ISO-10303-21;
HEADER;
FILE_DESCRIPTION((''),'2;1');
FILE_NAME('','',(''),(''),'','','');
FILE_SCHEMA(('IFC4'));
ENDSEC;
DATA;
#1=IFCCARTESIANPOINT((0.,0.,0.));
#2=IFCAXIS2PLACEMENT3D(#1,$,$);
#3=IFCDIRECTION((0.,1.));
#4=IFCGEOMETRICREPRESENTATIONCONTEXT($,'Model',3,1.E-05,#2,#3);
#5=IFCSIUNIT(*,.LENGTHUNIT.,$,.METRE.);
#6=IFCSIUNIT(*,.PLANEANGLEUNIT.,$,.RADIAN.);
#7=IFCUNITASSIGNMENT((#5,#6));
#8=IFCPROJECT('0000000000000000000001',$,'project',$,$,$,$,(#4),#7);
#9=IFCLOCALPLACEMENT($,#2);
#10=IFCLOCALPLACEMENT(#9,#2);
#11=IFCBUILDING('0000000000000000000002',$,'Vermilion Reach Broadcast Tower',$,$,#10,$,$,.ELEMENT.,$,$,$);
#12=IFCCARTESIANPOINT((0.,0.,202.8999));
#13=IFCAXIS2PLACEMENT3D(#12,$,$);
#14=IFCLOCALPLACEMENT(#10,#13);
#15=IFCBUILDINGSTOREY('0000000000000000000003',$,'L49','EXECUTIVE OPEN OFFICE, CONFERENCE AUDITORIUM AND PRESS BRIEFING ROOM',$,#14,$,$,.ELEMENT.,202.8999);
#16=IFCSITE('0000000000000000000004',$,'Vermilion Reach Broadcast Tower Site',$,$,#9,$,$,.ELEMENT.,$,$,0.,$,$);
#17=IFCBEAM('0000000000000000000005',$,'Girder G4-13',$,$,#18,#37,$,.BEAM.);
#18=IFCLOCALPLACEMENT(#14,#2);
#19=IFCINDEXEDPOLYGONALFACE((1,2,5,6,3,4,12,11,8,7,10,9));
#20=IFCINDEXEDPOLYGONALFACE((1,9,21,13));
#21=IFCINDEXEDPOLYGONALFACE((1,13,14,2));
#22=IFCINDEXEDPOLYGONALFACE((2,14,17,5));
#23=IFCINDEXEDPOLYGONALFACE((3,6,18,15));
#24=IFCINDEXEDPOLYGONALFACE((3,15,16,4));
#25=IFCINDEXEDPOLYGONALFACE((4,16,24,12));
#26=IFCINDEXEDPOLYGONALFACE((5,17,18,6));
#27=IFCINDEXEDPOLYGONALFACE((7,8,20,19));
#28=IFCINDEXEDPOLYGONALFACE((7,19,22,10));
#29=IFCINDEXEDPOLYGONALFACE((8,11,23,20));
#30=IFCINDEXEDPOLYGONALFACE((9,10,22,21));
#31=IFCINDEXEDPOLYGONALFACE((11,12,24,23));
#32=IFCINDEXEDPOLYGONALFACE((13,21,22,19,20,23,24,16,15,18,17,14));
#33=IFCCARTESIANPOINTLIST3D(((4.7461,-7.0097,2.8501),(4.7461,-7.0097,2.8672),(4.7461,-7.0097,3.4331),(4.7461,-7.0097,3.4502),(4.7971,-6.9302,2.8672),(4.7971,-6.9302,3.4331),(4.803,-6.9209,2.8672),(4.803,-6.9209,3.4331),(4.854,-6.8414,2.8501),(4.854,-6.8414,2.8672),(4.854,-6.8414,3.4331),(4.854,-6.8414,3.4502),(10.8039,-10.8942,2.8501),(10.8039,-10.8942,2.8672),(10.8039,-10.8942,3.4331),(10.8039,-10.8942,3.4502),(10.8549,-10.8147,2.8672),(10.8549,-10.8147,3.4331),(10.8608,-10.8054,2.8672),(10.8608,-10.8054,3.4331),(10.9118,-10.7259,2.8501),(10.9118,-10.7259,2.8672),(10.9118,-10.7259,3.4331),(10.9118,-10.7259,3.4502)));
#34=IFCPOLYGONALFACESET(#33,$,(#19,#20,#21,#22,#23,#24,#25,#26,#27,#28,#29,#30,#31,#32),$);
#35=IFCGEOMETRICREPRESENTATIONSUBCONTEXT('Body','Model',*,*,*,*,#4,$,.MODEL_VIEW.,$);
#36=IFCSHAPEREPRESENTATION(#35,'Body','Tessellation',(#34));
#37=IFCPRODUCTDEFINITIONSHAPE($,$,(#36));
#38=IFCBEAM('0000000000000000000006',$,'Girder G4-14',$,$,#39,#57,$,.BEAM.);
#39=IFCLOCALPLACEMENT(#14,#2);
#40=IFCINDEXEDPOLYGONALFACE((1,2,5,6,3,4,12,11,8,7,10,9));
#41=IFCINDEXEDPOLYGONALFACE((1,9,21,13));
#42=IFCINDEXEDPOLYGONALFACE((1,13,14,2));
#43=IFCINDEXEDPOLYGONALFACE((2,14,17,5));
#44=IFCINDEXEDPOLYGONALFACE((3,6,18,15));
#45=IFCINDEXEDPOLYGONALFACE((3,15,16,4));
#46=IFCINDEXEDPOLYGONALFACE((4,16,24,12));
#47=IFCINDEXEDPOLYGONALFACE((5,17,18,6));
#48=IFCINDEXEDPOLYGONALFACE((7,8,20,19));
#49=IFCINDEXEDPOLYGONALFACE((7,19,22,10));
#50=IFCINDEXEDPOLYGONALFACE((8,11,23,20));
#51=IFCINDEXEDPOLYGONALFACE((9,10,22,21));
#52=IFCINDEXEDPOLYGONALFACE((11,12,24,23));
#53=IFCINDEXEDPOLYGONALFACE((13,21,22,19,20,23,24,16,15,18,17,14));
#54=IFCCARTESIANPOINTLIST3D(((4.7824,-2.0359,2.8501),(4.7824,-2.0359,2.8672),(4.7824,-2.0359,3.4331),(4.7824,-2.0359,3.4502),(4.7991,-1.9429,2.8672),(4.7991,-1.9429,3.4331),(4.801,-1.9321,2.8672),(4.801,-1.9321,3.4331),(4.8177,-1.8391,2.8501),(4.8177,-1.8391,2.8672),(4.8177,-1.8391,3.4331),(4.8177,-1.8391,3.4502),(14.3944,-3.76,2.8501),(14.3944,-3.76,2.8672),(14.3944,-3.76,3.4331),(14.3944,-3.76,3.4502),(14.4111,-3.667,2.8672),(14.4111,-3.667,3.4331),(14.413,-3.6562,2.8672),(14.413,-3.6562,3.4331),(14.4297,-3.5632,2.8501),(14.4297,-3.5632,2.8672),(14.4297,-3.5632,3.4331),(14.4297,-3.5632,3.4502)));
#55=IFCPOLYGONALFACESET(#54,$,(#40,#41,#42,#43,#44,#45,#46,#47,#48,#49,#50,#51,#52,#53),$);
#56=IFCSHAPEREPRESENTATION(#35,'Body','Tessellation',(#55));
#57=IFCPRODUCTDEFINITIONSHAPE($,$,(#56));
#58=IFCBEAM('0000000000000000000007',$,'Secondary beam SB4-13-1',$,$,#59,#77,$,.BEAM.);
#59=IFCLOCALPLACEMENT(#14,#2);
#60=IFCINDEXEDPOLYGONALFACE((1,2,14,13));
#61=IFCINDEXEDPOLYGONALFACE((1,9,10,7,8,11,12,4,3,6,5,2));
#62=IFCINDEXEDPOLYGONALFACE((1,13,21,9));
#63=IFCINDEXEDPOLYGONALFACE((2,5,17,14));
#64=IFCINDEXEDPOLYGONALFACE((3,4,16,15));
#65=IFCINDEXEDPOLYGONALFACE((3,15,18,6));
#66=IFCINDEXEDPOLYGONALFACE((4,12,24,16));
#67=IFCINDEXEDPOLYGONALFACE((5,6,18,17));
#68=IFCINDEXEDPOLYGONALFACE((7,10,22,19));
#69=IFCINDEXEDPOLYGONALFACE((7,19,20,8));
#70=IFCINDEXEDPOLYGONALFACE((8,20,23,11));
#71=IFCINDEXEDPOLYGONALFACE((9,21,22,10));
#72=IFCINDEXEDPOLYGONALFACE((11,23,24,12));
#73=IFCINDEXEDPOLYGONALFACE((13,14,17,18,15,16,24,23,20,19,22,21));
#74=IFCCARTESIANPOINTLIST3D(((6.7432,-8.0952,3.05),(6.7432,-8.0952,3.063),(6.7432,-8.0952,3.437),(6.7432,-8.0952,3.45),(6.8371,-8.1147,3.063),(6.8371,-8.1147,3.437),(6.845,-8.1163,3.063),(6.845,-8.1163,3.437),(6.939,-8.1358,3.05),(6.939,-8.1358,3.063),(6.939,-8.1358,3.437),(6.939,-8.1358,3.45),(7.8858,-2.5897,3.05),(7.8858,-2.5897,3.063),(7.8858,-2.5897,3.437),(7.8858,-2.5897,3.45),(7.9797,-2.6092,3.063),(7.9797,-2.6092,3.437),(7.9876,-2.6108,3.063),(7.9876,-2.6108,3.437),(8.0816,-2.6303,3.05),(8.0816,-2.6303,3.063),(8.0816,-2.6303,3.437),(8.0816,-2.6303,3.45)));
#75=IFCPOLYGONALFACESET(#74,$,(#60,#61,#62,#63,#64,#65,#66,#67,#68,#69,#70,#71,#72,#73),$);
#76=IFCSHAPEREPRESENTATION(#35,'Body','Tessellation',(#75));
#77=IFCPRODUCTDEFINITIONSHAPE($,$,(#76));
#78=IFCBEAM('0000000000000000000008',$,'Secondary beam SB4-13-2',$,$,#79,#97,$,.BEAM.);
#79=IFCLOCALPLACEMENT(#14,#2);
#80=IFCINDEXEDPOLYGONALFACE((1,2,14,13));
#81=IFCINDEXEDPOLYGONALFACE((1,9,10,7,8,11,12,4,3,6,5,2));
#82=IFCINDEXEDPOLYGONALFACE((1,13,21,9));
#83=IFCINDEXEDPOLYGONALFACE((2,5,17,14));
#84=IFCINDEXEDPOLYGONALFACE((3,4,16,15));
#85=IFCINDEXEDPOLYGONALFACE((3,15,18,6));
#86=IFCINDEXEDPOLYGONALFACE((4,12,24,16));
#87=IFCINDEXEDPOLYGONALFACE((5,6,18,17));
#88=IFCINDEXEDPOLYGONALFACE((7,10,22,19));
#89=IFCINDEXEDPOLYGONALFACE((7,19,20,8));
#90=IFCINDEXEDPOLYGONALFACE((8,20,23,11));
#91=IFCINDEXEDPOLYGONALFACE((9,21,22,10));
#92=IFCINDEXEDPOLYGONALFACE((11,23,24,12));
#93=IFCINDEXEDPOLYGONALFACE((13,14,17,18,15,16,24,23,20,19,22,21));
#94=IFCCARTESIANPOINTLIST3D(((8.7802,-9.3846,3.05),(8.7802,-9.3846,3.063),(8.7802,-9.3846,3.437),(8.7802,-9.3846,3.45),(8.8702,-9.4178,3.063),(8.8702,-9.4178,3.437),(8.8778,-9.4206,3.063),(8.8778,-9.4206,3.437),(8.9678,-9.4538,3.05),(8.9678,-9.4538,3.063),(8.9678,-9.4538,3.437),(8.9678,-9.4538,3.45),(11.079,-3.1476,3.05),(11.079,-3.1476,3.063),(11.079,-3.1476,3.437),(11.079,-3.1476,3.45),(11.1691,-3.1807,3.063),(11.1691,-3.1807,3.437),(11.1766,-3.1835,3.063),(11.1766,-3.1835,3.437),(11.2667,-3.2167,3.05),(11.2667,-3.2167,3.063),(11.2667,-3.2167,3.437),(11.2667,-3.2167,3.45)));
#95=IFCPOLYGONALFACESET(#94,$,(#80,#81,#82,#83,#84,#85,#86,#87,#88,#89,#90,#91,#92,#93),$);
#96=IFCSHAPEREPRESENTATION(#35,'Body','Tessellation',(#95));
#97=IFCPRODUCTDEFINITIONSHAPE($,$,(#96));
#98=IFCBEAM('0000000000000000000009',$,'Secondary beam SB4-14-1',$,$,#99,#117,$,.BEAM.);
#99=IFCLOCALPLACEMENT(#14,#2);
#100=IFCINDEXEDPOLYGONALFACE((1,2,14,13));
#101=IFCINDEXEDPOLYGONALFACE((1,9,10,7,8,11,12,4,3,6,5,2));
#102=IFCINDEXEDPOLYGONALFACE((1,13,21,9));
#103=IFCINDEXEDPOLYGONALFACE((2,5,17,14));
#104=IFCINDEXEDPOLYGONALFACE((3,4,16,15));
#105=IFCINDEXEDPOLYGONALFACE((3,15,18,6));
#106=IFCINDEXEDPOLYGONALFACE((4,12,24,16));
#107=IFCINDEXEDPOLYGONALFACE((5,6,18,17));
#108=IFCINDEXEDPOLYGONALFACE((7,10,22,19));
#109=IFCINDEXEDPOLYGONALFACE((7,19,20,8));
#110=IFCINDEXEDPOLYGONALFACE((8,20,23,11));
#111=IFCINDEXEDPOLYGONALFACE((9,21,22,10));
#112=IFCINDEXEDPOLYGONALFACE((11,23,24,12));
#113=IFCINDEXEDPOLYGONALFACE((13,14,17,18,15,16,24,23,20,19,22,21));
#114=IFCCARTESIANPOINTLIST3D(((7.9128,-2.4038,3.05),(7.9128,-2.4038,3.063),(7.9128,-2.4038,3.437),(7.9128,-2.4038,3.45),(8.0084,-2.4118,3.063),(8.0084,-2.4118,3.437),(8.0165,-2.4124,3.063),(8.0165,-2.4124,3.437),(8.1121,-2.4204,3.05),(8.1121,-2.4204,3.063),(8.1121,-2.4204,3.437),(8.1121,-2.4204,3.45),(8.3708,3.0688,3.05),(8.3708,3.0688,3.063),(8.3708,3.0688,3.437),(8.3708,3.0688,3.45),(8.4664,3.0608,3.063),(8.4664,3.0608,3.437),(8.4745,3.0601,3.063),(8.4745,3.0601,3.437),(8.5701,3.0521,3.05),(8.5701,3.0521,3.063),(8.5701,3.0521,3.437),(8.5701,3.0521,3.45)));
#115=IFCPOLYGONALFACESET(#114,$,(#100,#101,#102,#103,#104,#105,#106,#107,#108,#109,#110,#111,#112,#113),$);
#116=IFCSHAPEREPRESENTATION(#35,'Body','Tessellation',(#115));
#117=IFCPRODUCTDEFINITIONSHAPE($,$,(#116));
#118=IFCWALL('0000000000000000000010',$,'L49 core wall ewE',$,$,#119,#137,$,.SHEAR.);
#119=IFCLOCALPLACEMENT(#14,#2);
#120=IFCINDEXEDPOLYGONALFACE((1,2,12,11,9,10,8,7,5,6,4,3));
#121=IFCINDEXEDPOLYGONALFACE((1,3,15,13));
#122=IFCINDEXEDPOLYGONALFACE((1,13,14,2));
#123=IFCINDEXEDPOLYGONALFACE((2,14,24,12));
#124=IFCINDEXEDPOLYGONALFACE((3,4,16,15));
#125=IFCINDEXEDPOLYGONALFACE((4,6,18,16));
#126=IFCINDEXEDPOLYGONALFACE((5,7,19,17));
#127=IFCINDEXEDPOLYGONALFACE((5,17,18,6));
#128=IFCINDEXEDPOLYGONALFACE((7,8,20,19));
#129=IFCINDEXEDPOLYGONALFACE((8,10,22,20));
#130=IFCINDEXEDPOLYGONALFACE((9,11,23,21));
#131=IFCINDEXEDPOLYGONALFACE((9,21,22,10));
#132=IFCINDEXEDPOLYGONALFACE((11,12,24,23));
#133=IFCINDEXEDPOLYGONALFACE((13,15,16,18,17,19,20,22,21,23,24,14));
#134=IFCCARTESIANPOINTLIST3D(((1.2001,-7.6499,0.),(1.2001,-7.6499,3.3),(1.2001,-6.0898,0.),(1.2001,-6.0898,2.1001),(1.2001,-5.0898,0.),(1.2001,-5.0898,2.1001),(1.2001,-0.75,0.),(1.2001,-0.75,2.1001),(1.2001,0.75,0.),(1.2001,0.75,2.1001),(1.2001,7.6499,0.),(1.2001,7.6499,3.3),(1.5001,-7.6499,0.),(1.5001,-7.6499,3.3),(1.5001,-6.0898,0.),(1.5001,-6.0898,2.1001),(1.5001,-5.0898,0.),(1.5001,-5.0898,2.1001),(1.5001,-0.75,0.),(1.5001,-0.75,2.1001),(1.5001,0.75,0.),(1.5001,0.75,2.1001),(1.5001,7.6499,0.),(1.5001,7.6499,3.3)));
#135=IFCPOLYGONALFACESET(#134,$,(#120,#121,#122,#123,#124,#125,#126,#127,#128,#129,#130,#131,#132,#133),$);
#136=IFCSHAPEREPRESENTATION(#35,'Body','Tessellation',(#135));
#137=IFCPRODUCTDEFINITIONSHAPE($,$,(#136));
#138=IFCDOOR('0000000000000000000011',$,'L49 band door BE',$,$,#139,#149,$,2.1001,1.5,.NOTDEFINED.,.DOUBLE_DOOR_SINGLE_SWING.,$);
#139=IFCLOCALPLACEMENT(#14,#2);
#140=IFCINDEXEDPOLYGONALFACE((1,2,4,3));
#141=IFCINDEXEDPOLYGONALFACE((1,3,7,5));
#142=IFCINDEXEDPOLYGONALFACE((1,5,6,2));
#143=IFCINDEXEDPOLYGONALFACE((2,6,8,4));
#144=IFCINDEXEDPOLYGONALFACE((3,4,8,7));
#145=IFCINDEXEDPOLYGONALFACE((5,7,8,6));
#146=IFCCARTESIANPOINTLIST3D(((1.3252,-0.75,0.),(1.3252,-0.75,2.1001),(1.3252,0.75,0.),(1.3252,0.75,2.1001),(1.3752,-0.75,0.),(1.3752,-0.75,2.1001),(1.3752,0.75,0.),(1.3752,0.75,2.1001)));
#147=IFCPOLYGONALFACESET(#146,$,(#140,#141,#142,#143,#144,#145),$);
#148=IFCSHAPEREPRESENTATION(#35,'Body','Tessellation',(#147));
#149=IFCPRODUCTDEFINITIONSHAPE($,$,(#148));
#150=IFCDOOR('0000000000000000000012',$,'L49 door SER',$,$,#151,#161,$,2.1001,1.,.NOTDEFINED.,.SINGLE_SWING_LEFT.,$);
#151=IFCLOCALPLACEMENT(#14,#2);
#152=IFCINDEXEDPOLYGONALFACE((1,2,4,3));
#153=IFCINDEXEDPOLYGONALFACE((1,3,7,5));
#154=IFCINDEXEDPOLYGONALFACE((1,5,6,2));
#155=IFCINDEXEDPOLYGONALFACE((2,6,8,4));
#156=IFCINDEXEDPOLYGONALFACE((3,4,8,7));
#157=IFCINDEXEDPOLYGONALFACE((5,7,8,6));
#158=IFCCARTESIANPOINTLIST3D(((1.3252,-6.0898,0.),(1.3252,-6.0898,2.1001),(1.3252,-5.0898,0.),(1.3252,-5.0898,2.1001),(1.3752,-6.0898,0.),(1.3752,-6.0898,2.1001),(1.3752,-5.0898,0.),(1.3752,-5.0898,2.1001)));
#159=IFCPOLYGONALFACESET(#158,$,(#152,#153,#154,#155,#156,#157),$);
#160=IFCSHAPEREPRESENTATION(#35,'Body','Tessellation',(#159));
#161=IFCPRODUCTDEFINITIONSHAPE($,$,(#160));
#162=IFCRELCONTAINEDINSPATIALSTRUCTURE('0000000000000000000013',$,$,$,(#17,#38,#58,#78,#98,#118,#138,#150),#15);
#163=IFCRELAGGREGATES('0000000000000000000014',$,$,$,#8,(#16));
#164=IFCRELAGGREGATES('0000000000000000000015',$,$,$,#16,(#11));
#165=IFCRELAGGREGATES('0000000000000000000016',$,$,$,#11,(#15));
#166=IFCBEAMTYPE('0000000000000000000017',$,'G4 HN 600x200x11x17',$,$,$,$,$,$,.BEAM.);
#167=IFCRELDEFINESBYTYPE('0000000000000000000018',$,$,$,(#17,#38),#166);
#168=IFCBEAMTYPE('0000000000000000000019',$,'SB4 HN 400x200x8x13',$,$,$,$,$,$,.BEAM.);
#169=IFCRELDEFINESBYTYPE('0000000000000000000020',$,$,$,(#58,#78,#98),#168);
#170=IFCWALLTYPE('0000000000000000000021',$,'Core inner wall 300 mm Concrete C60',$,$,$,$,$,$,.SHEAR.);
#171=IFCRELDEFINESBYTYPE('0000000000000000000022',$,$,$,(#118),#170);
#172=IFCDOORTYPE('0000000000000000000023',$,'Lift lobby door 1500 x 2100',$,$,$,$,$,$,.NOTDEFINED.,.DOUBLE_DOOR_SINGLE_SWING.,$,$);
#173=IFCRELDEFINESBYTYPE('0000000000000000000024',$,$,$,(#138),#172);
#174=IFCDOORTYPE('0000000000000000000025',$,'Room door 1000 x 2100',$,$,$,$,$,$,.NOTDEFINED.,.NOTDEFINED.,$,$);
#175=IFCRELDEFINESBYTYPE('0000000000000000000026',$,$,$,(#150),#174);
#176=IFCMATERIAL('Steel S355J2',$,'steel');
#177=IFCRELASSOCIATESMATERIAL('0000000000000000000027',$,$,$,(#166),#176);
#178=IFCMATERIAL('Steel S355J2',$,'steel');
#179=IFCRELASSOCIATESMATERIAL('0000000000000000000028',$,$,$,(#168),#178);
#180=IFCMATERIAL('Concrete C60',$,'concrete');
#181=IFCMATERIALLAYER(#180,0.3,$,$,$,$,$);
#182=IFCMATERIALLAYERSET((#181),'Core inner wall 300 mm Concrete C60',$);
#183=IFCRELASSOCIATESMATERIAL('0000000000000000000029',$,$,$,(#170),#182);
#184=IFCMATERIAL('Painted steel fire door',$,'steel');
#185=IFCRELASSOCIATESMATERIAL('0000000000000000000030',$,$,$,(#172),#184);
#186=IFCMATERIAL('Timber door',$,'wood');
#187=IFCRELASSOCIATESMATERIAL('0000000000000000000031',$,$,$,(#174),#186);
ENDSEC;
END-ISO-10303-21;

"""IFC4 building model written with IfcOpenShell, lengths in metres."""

from ifc_helpers import new_model, si_unit, direction, frame, frame_2d, origin, origin_2d, place, context, subcontext, project, spatial, rectangle, i_section, extrude, material, layer, layer_set, material_profile, profile_set, type_object, element, fill, save


model = new_model("IFC4")

# Units and contexts
model_context = context("Model", 3, precision=1e-05, world=origin(), true_north=direction((0.0, 1.0)))
body_context = subcontext(model_context, "Body", "Model", "MODEL_VIEW")
ifc_project = project(units=[si_unit("LENGTHUNIT", "METRE"), si_unit("PLANEANGLEUNIT", "RADIAN")], contexts=[model_context])

# Site, building, storey
site_placement = place(None, origin())
site = spatial("IfcSite", under=ifc_project, at=site_placement, Name="Vermilion Reach Broadcast Tower Site", CompositionType="ELEMENT", RefElevation=0.0)
building_placement = place(site_placement, origin())
building = spatial("IfcBuilding", under=site, at=building_placement, Name="Vermilion Reach Broadcast Tower", CompositionType="ELEMENT")
storey_placement = place(building_placement, frame((0.0, 0.0, 202.8999)))
storey = spatial("IfcBuildingStorey", under=building, at=storey_placement, Name="L49", Description="EXECUTIVE OPEN OFFICE, CONFERENCE AUDITORIUM AND PRESS BRIEFING ROOM", CompositionType="ELEMENT", Elevation=202.8999)

# Beams
ifc_material_1 = material(Name="Steel S355J2", Category="steel")
ifc_material_profile_1 = material_profile(ifc_material_1, i_section(OverallWidth=0.2, OverallDepth=0.6001, WebThickness=0.011, FlangeThickness=0.0171, at=origin_2d()), Name="S355J2 HN 600x200x11x17")
ifc_profile_set_1 = profile_set([ifc_material_profile_1], Name="Steel S355J2")
beam_type_1 = type_object("IfcBeamType", Name="G4 HN 600x200x11x17", PredefinedType="BEAM", material=ifc_profile_set_1)
beam_1_placement = place(storey_placement, frame((4.8, -6.9255, 3.1501), z_axis=(0.841799, -0.539792, 0.0), x_axis=(0.539792, 0.841799, 0.0)))
element("IfcBeam", 1, at=beam_1_placement, inside=storey, type_object=beam_type_1, Name="Girder G4-13", PredefinedType="BEAM", context=body_context, shape_type="SweptSolid", body=[
    extrude(i_section(OverallWidth=0.2, OverallDepth=0.6001, WebThickness=0.011, FlangeThickness=0.0171, at=origin_2d()), origin(), (0.0, 0.0, 1.0), 7.1963),
])
beam_2_placement = place(storey_placement, frame((4.8, -1.9375, 3.1501), z_axis=(0.984291, -0.176553, 0.0), x_axis=(0.176553, 0.984291, 0.0)))
element("IfcBeam", 2, at=beam_2_placement, inside=storey, type_object=beam_type_1, Name="Girder G4-14", PredefinedType="BEAM", context=body_context, shape_type="SweptSolid", body=[
    extrude(i_section(OverallWidth=0.2, OverallDepth=0.6001, WebThickness=0.011, FlangeThickness=0.0171, at=origin_2d()), origin(), (0.0, 0.0, 1.0), 9.7654),
])
ifc_material_2 = material(Name="Steel S355J2", Category="steel")
ifc_material_profile_2 = material_profile(ifc_material_2, i_section(OverallWidth=0.2, OverallDepth=0.3999, WebThickness=0.0081, FlangeThickness=0.0129, at=origin_2d()), Name="S355J2 HN 400x200x8x13")
ifc_profile_set_2 = profile_set([ifc_material_profile_2], Name="Steel S355J2")
beam_type_2 = type_object("IfcBeamType", Name="SB4 HN 400x200x8x13", PredefinedType="BEAM", material=ifc_profile_set_2)
beam_3_placement = place(storey_placement, frame((6.8411, -8.1155, 3.25), z_axis=(0.203209, 0.979135, 0.0), x_axis=(-0.979135, 0.203209, 0.0)))
element("IfcBeam", 3, at=beam_3_placement, inside=storey, type_object=beam_type_2, Name="Secondary beam SB4-13-1", PredefinedType="BEAM", context=body_context, shape_type="SweptSolid", body=[
    extrude(i_section(OverallWidth=0.2, OverallDepth=0.3999, WebThickness=0.0081, FlangeThickness=0.0129, at=origin_2d()), origin(), (0.0, 0.0, 1.0), 5.6228),
])
beam_4_placement = place(storey_placement, frame((8.874, -9.4192, 3.25), z_axis=(0.345833, 0.938296, 0.0), x_axis=(-0.938296, 0.345833, 0.0)))
element("IfcBeam", 4, at=beam_4_placement, inside=storey, type_object=beam_type_2, Name="Secondary beam SB4-13-2", PredefinedType="BEAM", context=body_context, shape_type="SweptSolid", body=[
    extrude(i_section(OverallWidth=0.2, OverallDepth=0.3999, WebThickness=0.0081, FlangeThickness=0.0129, at=origin_2d()), origin(), (0.0, 0.0, 1.0), 6.6472),
])
beam_5_placement = place(storey_placement, frame((8.0125, -2.4121, 3.25), z_axis=(0.083399, 0.996516, 0.0), x_axis=(-0.996516, 0.083399, 0.0)))
element("IfcBeam", 5, at=beam_5_placement, inside=storey, type_object=beam_type_2, Name="Secondary beam SB4-14-1", PredefinedType="BEAM", context=body_context, shape_type="SweptSolid", body=[
    extrude(i_section(OverallWidth=0.2, OverallDepth=0.3999, WebThickness=0.0081, FlangeThickness=0.0129, at=origin_2d()), origin(), (0.0, 0.0, 1.0), 5.4917),
])

# Wall, openings, doors
ifc_material_3 = material(Name="Concrete C60", Category="concrete")
ifc_layer_1 = layer(ifc_material_3, 0.3)
ifc_layer_set_1 = layer_set([ifc_layer_1], Name="Core inner wall 300 mm Concrete C60")
wall_type_1 = type_object("IfcWallType", Name="Core inner wall 300 mm Concrete C60", PredefinedType="SHEAR", material=ifc_layer_set_1)
wall_1_placement = place(storey_placement, frame((1.3501, -7.6499, 0.0), z_axis=(0.0, 0.0, 1.0), x_axis=(0.0, 1.0, 0.0)))
wall_1 = element("IfcWall", 6, at=wall_1_placement, inside=storey, type_object=wall_type_1, Name="L49 core wall ewE", PredefinedType="SHEAR", context=body_context, shape_type="SweptSolid", body=[
    extrude(rectangle(XDim=15.2998, YDim=0.3, at=frame_2d((7.6499, 0.0))), origin(), (0.0, 0.0, 1.0), 3.3),
])
opening_1_placement = place(wall_1_placement, frame((1.5601, 0.0, 0.0)))
opening_1 = element("IfcOpeningElement", 7, at=opening_1_placement, cuts=wall_1, PredefinedType="OPENING", context=body_context, shape_type="SweptSolid", body=[
    extrude(rectangle(XDim=1.0, YDim=2.1001, at=frame_2d((0.5, 1.05))), frame((0.0, 0.1599, 0.0), z_axis=(0.0, -1.0, 0.0), x_axis=(1.0, 0.0, 0.0)), (0.0, 0.0, 1.0), 0.3201),
])
opening_2_placement = place(wall_1_placement, frame((6.8999, 0.0, 0.0)))
opening_2 = element("IfcOpeningElement", 8, at=opening_2_placement, cuts=wall_1, PredefinedType="OPENING", context=body_context, shape_type="SweptSolid", body=[
    extrude(rectangle(XDim=1.5, YDim=2.1001, at=frame_2d((0.75, 1.05))), frame((0.0, 0.1599, 0.0), z_axis=(0.0, -1.0, 0.0), x_axis=(1.0, 0.0, 0.0)), (0.0, 0.0, 1.0), 0.3201),
])
ifc_material_4 = material(Name="Painted steel fire door", Category="steel")
door_type_1 = type_object("IfcDoorType", Name="Lift lobby door 1500 x 2100", OperationType="DOUBLE_DOOR_SINGLE_SWING", PredefinedType="NOTDEFINED", material=ifc_material_4)
door_1_placement = place(opening_2_placement, origin())
door_1 = element("IfcDoor", 9, at=door_1_placement, inside=storey, type_object=door_type_1, Name="L49 band door BE", OperationType="DOUBLE_DOOR_SINGLE_SWING", OverallHeight=2.1001, OverallWidth=1.5, PredefinedType="NOTDEFINED", context=body_context, shape_type="SweptSolid", body=[
    extrude(rectangle(XDim=1.5, YDim=2.1001, at=frame_2d((0.75, 1.05))), frame((0.0, 0.0249, 0.0), z_axis=(0.0, -1.0, 0.0), x_axis=(1.0, 0.0, 0.0)), (0.0, 0.0, 1.0), 0.05),
])
fill(opening_2, door_1)
ifc_material_5 = material(Name="Timber door", Category="wood")
door_type_2 = type_object("IfcDoorType", Name="Room door 1000 x 2100", OperationType="NOTDEFINED", PredefinedType="NOTDEFINED", material=ifc_material_5)
door_2_placement = place(opening_1_placement, origin())
door_2 = element("IfcDoor", 10, at=door_2_placement, inside=storey, type_object=door_type_2, Name="L49 door SER", OperationType="SINGLE_SWING_LEFT", OverallHeight=2.1001, OverallWidth=1.0, PredefinedType="NOTDEFINED", context=body_context, shape_type="SweptSolid", body=[
    extrude(rectangle(XDim=1.0, YDim=2.1001, at=frame_2d((0.5, 1.05))), frame((0.0, 0.0249, 0.0), z_axis=(0.0, -1.0, 0.0), x_axis=(1.0, 0.0, 0.0)), (0.0, 0.0, 1.0), 0.05),
])
fill(opening_1, door_2)

save(model, "model.ifc")
